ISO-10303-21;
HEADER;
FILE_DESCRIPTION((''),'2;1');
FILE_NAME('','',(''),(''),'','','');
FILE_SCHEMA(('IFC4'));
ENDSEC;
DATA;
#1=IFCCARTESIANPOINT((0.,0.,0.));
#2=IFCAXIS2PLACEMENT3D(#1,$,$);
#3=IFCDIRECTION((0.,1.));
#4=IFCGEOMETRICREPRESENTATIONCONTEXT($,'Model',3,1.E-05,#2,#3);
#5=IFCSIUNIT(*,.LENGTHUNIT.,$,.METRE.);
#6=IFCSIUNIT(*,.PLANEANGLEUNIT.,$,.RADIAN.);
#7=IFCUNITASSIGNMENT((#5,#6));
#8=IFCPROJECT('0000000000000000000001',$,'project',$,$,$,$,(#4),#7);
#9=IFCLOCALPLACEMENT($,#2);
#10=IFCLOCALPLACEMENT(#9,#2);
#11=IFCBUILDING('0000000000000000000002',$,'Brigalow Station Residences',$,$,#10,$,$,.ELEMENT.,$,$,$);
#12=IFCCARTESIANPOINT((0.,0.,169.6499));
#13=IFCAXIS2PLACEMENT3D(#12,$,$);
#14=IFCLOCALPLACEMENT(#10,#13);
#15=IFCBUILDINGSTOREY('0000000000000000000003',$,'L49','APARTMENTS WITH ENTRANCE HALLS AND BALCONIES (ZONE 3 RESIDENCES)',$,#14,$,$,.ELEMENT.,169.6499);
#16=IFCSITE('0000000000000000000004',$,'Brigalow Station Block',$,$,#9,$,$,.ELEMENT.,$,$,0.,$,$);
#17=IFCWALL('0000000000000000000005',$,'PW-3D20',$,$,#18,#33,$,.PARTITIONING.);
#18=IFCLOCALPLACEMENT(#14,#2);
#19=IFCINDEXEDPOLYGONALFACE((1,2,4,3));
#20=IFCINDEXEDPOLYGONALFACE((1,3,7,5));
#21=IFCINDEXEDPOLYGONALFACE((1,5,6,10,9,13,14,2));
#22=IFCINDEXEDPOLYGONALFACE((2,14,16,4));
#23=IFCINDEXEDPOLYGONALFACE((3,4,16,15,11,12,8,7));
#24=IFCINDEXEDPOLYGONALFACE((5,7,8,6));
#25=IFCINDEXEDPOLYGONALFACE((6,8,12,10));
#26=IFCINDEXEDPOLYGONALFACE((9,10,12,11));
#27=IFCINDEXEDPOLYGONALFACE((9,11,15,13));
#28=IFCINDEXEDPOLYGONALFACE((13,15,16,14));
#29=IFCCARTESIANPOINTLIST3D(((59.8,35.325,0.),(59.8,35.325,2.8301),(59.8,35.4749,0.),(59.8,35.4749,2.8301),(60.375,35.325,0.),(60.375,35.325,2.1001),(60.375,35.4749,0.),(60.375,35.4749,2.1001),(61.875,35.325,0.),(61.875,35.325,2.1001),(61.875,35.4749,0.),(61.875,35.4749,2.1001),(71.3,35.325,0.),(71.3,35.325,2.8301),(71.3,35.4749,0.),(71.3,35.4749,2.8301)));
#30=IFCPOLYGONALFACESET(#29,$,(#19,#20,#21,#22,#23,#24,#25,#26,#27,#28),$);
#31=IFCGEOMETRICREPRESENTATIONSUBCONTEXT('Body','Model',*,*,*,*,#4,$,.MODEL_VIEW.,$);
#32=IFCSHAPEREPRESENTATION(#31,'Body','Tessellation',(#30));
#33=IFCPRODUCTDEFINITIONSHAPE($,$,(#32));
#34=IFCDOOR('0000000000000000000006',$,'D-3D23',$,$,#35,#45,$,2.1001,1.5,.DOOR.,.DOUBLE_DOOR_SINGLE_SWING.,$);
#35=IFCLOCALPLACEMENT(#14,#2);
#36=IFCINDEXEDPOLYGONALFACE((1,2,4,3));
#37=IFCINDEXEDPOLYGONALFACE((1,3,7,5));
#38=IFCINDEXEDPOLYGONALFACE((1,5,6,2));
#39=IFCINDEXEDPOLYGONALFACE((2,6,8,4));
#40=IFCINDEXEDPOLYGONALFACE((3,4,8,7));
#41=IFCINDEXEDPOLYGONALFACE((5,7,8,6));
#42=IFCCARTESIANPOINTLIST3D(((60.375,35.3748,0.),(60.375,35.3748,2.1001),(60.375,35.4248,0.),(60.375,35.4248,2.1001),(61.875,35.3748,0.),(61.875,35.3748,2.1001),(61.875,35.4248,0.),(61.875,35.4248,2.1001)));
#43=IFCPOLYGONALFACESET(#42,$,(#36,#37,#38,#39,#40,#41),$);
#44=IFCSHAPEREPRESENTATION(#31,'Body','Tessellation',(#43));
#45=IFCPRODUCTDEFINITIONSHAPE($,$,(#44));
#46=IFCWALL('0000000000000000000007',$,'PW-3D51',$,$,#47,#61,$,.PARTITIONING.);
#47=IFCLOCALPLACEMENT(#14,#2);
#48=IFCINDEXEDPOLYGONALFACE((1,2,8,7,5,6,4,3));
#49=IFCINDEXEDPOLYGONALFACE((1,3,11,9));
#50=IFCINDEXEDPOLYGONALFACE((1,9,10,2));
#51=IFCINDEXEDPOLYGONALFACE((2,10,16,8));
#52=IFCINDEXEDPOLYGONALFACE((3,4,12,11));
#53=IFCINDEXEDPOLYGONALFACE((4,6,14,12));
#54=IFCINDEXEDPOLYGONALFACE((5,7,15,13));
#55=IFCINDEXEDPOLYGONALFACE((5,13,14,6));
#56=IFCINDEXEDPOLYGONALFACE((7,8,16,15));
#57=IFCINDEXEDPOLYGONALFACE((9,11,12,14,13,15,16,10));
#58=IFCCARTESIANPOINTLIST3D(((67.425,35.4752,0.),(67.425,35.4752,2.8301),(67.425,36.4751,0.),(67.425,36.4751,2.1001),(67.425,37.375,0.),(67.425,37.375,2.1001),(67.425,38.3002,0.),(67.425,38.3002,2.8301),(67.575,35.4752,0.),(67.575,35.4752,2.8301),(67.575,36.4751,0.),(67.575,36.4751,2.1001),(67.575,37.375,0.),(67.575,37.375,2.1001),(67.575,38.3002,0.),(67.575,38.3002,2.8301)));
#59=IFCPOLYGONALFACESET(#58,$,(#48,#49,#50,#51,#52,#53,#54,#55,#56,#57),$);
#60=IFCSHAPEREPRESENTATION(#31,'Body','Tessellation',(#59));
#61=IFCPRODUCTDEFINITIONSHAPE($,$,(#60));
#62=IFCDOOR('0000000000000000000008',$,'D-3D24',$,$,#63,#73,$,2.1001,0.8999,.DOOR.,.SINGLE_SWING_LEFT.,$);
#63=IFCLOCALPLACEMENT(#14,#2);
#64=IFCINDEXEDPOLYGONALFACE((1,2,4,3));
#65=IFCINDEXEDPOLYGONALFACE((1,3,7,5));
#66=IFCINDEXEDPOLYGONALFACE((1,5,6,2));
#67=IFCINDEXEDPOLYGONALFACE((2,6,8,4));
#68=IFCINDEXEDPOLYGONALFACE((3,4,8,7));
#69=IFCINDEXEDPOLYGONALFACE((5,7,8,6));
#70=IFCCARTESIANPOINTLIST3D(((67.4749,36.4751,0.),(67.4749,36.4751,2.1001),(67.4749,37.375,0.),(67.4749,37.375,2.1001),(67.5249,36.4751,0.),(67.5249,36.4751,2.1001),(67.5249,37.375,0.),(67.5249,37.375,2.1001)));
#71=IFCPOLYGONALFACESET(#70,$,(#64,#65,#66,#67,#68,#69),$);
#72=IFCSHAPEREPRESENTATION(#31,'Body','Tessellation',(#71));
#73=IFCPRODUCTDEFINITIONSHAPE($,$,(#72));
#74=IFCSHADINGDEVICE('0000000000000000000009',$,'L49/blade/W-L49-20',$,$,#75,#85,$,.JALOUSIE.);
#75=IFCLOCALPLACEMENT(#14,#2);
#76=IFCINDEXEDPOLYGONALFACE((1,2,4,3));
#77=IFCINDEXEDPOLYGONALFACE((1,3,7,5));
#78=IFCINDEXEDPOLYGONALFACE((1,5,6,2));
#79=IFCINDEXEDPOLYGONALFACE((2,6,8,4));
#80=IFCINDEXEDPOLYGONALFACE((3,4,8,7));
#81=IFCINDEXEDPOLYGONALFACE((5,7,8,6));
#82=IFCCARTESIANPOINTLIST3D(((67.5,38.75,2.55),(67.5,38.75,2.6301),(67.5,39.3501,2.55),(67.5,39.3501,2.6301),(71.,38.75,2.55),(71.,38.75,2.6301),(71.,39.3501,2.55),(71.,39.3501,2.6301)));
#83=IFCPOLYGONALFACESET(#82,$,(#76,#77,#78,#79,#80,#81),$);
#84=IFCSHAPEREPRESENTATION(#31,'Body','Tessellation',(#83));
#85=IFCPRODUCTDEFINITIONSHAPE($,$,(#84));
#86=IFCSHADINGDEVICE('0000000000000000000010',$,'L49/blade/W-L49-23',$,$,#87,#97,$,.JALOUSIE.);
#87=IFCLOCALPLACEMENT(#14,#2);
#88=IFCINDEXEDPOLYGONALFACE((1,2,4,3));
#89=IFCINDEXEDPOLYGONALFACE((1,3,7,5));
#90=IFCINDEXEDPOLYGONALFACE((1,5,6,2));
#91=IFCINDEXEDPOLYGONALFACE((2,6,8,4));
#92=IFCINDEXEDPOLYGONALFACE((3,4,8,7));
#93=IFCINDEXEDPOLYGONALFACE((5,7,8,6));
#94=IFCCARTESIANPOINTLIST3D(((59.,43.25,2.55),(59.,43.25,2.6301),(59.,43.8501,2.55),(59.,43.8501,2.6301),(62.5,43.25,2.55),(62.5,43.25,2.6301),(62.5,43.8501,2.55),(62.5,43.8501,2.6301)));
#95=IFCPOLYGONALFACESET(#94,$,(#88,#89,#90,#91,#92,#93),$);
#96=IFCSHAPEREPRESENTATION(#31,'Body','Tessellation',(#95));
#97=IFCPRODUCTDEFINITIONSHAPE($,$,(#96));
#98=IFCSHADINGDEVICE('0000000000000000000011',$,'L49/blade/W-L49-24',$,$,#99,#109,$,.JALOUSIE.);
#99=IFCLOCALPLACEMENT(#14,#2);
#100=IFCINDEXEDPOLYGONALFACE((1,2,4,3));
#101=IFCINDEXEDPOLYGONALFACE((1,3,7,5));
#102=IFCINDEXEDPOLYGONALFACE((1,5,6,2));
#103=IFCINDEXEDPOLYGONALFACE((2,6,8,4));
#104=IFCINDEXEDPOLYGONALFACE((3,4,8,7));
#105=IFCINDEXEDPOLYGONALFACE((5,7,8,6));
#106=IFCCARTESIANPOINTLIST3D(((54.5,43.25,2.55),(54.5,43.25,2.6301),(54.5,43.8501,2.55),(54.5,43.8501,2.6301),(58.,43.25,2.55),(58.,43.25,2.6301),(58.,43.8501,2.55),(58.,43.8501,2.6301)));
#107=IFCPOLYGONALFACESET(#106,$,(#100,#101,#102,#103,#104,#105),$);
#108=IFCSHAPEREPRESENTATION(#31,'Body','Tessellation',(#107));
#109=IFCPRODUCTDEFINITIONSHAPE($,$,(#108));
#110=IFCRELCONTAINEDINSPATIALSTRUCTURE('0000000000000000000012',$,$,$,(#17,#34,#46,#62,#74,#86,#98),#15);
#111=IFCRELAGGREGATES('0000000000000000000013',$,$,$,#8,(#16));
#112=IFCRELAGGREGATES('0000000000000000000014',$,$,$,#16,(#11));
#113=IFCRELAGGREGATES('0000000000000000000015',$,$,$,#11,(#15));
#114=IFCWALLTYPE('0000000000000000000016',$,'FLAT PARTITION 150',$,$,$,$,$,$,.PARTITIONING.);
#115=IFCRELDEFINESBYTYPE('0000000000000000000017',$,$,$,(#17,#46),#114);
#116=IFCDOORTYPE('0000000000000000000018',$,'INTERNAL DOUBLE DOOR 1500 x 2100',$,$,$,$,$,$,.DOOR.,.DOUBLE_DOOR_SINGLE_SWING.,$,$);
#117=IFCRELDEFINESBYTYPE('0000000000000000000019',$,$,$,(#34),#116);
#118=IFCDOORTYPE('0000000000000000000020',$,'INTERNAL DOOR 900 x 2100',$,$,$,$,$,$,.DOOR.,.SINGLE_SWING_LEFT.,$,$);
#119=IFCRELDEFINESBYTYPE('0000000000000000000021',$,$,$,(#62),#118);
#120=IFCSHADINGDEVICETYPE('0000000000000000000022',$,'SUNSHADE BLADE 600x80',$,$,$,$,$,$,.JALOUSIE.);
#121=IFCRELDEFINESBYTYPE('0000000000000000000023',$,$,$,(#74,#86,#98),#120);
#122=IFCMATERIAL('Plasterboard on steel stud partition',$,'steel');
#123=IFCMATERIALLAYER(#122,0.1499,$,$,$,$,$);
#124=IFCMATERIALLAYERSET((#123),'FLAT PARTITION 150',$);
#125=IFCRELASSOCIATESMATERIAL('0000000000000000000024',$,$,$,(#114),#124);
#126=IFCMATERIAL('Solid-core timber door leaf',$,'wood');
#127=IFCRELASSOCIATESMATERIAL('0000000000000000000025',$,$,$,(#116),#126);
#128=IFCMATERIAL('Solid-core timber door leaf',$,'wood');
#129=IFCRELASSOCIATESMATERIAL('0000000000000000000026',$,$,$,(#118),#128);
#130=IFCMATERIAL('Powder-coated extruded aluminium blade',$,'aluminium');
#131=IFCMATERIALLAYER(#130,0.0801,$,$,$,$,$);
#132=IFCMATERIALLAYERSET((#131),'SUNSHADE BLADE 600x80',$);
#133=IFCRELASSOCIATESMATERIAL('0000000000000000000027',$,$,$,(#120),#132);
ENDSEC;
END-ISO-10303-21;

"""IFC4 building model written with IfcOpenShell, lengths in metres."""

from ifc_helpers import new_model, si_unit, direction, frame, frame_2d, origin, origin_2d, place, context, subcontext, project, spatial, rectangle, extrude, material, layer, layer_set, type_object, element, fill, save


model = new_model("IFC4")

# Units and contexts
model_context = context("Model", 3, precision=1e-05, world=origin(), true_north=direction((0.0, 1.0)))
body_context = subcontext(model_context, "Body", "Model", "MODEL_VIEW")
ifc_project = project(units=[si_unit("LENGTHUNIT", "METRE"), si_unit("PLANEANGLEUNIT", "RADIAN")], contexts=[model_context])

# Site, building, storey
site_placement = place(None, origin())
site = spatial("IfcSite", under=ifc_project, at=site_placement, Name="Brigalow Station Block", CompositionType="ELEMENT", RefElevation=0.0)
building_placement = place(site_placement, origin())
building = spatial("IfcBuilding", under=site, at=building_placement, Name="Brigalow Station Residences", CompositionType="ELEMENT")
storey_placement = place(building_placement, frame((0.0, 0.0, 169.6499)))
storey = spatial("IfcBuildingStorey", under=building, at=storey_placement, Name="L49", Description="APARTMENTS WITH ENTRANCE HALLS AND BALCONIES (ZONE 3 RESIDENCES)", CompositionType="ELEMENT", Elevation=169.6499)

# Walls, openings, doors
ifc_material_1 = material(Name="Plasterboard on steel stud partition", Category="steel")
ifc_layer_1 = layer(ifc_material_1, 0.1499)
ifc_layer_set_1 = layer_set([ifc_layer_1], Name="FLAT PARTITION 150")
wall_type_1 = type_object("IfcWallType", Name="FLAT PARTITION 150", PredefinedType="PARTITIONING", material=ifc_layer_set_1)
wall_1_placement = place(storey_placement, frame((59.8, 35.3999, 0.0), z_axis=(0.0, 0.0, 1.0), x_axis=(1.0, 0.0, 0.0)))
wall_1 = element("IfcWall", 1, at=wall_1_placement, inside=storey, type_object=wall_type_1, Name="PW-3D20", PredefinedType="PARTITIONING", context=body_context, shape_type="SweptSolid", body=[
    extrude(rectangle(XDim=11.5, YDim=0.1499, at=frame_2d((5.75, 0.0))), origin(), (0.0, 0.0, 1.0), 2.8301),
])
opening_1_placement = place(wall_1_placement, frame((0.575, 0.0, 0.0)))
opening_1 = element("IfcOpeningElement", 2, at=opening_1_placement, cuts=wall_1, PredefinedType="OPENING", context=body_context, shape_type="SweptSolid", body=[
    extrude(rectangle(XDim=1.5, YDim=2.1001, at=frame_2d((0.75, 1.05))), frame((0.0, 0.085, 0.0), z_axis=(0.0, -1.0, 0.0), x_axis=(1.0, 0.0, 0.0)), (0.0, 0.0, 1.0), 0.1699),
])
ifc_material_2 = material(Name="Solid-core timber door leaf", Category="wood")
door_type_1 = type_object("IfcDoorType", Name="INTERNAL DOUBLE DOOR 1500 x 2100", OperationType="DOUBLE_DOOR_SINGLE_SWING", PredefinedType="DOOR", material=ifc_material_2)
door_1_placement = place(opening_1_placement, origin())
door_1 = element("IfcDoor", 3, at=door_1_placement, inside=storey, type_object=door_type_1, Name="D-3D23", OperationType="DOUBLE_DOOR_SINGLE_SWING", OverallHeight=2.1001, OverallWidth=1.5, PredefinedType="DOOR", context=body_context, shape_type="SweptSolid", body=[
    extrude(rectangle(XDim=1.5, YDim=2.1001, at=frame_2d((0.75, 1.05))), frame((0.0, 0.0249, 0.0), z_axis=(0.0, -1.0, 0.0), x_axis=(1.0, 0.0, 0.0)), (0.0, 0.0, 1.0), 0.05),
])
fill(opening_1, door_1)
wall_2_placement = place(storey_placement, frame((67.5, 35.4751, 0.0), z_axis=(0.0, 0.0, 1.0), x_axis=(0.0, 1.0, 0.0)))
wall_2 = element("IfcWall", 4, at=wall_2_placement, inside=storey, type_object=wall_type_1, Name="PW-3D51", PredefinedType="PARTITIONING", context=body_context, shape_type="SweptSolid", body=[
    extrude(rectangle(XDim=2.825, YDim=0.1499, at=frame_2d((1.4126, 0.0))), origin(), (0.0, 0.0, 1.0), 2.8301),
])
opening_2_placement = place(wall_2_placement, frame((1.0, 0.0, 0.0)))
opening_2 = element("IfcOpeningElement", 5, at=opening_2_placement, cuts=wall_2, PredefinedType="OPENING", context=body_context, shape_type="SweptSolid", body=[
    extrude(rectangle(XDim=0.8999, YDim=2.1001, at=frame_2d((0.45, 1.05))), frame((0.0, 0.085, 0.0), z_axis=(0.0, -1.0, 0.0), x_axis=(1.0, 0.0, 0.0)), (0.0, 0.0, 1.0), 0.1699),
])
ifc_material_3 = material(Name="Solid-core timber door leaf", Category="wood")
door_type_2 = type_object("IfcDoorType", Name="INTERNAL DOOR 900 x 2100", OperationType="SINGLE_SWING_LEFT", PredefinedType="DOOR", material=ifc_material_3)
door_2_placement = place(opening_2_placement, frame((0.8999, 0.0, 0.0), z_axis=(0.0, 0.0, 1.0), x_axis=(-1.0, 0.0, 0.0)))
door_2 = element("IfcDoor", 6, at=door_2_placement, inside=storey, type_object=door_type_2, Name="D-3D24", OperationType="SINGLE_SWING_LEFT", OverallHeight=2.1001, OverallWidth=0.8999, PredefinedType="DOOR", context=body_context, shape_type="SweptSolid", body=[
    extrude(rectangle(XDim=0.8999, YDim=2.1001, at=frame_2d((0.45, 1.05))), frame((0.0, 0.0249, 0.0), z_axis=(0.0, -1.0, 0.0), x_axis=(1.0, 0.0, 0.0)), (0.0, 0.0, 1.0), 0.05),
])
fill(opening_2, door_2)

# Shading devices
ifc_material_4 = material(Name="Powder-coated extruded aluminium blade", Category="aluminium")
ifc_layer_2 = layer(ifc_material_4, 0.0801)
ifc_layer_set_2 = layer_set([ifc_layer_2], Name="SUNSHADE BLADE 600x80")
shading_device_type = type_object("IfcShadingDeviceType", Name="SUNSHADE BLADE 600x80", PredefinedType="JALOUSIE", material=ifc_layer_set_2)
for number, where, z_axis, x_axis, name in (
    (7, (69.25, 39.05, 2.55), (0.0, 0.0, 1.0), (-1.0, 0.0, 0.0), "L49/blade/W-L49-20"),
    (8, (60.75, 43.55, 2.55), (0.0, 0.0, 1.0), (-1.0, 0.0, 0.0), "L49/blade/W-L49-23"),
    (9, (56.25, 43.55, 2.55), (0.0, 0.0, 1.0), (-1.0, 0.0, 0.0), "L49/blade/W-L49-24"),
):
    element("IfcShadingDevice", number, at=place(storey_placement, frame(where, z_axis=z_axis, x_axis=x_axis)), inside=storey, type_object=shading_device_type, Name=name, PredefinedType="JALOUSIE", context=body_context, shape_type="SweptSolid", body=[
        extrude(rectangle(XDim=3.5, YDim=0.6001, at=origin_2d()), origin(), (0.0, 0.0, 1.0), 0.0801),
    ])

save(model, "model.ifc")
